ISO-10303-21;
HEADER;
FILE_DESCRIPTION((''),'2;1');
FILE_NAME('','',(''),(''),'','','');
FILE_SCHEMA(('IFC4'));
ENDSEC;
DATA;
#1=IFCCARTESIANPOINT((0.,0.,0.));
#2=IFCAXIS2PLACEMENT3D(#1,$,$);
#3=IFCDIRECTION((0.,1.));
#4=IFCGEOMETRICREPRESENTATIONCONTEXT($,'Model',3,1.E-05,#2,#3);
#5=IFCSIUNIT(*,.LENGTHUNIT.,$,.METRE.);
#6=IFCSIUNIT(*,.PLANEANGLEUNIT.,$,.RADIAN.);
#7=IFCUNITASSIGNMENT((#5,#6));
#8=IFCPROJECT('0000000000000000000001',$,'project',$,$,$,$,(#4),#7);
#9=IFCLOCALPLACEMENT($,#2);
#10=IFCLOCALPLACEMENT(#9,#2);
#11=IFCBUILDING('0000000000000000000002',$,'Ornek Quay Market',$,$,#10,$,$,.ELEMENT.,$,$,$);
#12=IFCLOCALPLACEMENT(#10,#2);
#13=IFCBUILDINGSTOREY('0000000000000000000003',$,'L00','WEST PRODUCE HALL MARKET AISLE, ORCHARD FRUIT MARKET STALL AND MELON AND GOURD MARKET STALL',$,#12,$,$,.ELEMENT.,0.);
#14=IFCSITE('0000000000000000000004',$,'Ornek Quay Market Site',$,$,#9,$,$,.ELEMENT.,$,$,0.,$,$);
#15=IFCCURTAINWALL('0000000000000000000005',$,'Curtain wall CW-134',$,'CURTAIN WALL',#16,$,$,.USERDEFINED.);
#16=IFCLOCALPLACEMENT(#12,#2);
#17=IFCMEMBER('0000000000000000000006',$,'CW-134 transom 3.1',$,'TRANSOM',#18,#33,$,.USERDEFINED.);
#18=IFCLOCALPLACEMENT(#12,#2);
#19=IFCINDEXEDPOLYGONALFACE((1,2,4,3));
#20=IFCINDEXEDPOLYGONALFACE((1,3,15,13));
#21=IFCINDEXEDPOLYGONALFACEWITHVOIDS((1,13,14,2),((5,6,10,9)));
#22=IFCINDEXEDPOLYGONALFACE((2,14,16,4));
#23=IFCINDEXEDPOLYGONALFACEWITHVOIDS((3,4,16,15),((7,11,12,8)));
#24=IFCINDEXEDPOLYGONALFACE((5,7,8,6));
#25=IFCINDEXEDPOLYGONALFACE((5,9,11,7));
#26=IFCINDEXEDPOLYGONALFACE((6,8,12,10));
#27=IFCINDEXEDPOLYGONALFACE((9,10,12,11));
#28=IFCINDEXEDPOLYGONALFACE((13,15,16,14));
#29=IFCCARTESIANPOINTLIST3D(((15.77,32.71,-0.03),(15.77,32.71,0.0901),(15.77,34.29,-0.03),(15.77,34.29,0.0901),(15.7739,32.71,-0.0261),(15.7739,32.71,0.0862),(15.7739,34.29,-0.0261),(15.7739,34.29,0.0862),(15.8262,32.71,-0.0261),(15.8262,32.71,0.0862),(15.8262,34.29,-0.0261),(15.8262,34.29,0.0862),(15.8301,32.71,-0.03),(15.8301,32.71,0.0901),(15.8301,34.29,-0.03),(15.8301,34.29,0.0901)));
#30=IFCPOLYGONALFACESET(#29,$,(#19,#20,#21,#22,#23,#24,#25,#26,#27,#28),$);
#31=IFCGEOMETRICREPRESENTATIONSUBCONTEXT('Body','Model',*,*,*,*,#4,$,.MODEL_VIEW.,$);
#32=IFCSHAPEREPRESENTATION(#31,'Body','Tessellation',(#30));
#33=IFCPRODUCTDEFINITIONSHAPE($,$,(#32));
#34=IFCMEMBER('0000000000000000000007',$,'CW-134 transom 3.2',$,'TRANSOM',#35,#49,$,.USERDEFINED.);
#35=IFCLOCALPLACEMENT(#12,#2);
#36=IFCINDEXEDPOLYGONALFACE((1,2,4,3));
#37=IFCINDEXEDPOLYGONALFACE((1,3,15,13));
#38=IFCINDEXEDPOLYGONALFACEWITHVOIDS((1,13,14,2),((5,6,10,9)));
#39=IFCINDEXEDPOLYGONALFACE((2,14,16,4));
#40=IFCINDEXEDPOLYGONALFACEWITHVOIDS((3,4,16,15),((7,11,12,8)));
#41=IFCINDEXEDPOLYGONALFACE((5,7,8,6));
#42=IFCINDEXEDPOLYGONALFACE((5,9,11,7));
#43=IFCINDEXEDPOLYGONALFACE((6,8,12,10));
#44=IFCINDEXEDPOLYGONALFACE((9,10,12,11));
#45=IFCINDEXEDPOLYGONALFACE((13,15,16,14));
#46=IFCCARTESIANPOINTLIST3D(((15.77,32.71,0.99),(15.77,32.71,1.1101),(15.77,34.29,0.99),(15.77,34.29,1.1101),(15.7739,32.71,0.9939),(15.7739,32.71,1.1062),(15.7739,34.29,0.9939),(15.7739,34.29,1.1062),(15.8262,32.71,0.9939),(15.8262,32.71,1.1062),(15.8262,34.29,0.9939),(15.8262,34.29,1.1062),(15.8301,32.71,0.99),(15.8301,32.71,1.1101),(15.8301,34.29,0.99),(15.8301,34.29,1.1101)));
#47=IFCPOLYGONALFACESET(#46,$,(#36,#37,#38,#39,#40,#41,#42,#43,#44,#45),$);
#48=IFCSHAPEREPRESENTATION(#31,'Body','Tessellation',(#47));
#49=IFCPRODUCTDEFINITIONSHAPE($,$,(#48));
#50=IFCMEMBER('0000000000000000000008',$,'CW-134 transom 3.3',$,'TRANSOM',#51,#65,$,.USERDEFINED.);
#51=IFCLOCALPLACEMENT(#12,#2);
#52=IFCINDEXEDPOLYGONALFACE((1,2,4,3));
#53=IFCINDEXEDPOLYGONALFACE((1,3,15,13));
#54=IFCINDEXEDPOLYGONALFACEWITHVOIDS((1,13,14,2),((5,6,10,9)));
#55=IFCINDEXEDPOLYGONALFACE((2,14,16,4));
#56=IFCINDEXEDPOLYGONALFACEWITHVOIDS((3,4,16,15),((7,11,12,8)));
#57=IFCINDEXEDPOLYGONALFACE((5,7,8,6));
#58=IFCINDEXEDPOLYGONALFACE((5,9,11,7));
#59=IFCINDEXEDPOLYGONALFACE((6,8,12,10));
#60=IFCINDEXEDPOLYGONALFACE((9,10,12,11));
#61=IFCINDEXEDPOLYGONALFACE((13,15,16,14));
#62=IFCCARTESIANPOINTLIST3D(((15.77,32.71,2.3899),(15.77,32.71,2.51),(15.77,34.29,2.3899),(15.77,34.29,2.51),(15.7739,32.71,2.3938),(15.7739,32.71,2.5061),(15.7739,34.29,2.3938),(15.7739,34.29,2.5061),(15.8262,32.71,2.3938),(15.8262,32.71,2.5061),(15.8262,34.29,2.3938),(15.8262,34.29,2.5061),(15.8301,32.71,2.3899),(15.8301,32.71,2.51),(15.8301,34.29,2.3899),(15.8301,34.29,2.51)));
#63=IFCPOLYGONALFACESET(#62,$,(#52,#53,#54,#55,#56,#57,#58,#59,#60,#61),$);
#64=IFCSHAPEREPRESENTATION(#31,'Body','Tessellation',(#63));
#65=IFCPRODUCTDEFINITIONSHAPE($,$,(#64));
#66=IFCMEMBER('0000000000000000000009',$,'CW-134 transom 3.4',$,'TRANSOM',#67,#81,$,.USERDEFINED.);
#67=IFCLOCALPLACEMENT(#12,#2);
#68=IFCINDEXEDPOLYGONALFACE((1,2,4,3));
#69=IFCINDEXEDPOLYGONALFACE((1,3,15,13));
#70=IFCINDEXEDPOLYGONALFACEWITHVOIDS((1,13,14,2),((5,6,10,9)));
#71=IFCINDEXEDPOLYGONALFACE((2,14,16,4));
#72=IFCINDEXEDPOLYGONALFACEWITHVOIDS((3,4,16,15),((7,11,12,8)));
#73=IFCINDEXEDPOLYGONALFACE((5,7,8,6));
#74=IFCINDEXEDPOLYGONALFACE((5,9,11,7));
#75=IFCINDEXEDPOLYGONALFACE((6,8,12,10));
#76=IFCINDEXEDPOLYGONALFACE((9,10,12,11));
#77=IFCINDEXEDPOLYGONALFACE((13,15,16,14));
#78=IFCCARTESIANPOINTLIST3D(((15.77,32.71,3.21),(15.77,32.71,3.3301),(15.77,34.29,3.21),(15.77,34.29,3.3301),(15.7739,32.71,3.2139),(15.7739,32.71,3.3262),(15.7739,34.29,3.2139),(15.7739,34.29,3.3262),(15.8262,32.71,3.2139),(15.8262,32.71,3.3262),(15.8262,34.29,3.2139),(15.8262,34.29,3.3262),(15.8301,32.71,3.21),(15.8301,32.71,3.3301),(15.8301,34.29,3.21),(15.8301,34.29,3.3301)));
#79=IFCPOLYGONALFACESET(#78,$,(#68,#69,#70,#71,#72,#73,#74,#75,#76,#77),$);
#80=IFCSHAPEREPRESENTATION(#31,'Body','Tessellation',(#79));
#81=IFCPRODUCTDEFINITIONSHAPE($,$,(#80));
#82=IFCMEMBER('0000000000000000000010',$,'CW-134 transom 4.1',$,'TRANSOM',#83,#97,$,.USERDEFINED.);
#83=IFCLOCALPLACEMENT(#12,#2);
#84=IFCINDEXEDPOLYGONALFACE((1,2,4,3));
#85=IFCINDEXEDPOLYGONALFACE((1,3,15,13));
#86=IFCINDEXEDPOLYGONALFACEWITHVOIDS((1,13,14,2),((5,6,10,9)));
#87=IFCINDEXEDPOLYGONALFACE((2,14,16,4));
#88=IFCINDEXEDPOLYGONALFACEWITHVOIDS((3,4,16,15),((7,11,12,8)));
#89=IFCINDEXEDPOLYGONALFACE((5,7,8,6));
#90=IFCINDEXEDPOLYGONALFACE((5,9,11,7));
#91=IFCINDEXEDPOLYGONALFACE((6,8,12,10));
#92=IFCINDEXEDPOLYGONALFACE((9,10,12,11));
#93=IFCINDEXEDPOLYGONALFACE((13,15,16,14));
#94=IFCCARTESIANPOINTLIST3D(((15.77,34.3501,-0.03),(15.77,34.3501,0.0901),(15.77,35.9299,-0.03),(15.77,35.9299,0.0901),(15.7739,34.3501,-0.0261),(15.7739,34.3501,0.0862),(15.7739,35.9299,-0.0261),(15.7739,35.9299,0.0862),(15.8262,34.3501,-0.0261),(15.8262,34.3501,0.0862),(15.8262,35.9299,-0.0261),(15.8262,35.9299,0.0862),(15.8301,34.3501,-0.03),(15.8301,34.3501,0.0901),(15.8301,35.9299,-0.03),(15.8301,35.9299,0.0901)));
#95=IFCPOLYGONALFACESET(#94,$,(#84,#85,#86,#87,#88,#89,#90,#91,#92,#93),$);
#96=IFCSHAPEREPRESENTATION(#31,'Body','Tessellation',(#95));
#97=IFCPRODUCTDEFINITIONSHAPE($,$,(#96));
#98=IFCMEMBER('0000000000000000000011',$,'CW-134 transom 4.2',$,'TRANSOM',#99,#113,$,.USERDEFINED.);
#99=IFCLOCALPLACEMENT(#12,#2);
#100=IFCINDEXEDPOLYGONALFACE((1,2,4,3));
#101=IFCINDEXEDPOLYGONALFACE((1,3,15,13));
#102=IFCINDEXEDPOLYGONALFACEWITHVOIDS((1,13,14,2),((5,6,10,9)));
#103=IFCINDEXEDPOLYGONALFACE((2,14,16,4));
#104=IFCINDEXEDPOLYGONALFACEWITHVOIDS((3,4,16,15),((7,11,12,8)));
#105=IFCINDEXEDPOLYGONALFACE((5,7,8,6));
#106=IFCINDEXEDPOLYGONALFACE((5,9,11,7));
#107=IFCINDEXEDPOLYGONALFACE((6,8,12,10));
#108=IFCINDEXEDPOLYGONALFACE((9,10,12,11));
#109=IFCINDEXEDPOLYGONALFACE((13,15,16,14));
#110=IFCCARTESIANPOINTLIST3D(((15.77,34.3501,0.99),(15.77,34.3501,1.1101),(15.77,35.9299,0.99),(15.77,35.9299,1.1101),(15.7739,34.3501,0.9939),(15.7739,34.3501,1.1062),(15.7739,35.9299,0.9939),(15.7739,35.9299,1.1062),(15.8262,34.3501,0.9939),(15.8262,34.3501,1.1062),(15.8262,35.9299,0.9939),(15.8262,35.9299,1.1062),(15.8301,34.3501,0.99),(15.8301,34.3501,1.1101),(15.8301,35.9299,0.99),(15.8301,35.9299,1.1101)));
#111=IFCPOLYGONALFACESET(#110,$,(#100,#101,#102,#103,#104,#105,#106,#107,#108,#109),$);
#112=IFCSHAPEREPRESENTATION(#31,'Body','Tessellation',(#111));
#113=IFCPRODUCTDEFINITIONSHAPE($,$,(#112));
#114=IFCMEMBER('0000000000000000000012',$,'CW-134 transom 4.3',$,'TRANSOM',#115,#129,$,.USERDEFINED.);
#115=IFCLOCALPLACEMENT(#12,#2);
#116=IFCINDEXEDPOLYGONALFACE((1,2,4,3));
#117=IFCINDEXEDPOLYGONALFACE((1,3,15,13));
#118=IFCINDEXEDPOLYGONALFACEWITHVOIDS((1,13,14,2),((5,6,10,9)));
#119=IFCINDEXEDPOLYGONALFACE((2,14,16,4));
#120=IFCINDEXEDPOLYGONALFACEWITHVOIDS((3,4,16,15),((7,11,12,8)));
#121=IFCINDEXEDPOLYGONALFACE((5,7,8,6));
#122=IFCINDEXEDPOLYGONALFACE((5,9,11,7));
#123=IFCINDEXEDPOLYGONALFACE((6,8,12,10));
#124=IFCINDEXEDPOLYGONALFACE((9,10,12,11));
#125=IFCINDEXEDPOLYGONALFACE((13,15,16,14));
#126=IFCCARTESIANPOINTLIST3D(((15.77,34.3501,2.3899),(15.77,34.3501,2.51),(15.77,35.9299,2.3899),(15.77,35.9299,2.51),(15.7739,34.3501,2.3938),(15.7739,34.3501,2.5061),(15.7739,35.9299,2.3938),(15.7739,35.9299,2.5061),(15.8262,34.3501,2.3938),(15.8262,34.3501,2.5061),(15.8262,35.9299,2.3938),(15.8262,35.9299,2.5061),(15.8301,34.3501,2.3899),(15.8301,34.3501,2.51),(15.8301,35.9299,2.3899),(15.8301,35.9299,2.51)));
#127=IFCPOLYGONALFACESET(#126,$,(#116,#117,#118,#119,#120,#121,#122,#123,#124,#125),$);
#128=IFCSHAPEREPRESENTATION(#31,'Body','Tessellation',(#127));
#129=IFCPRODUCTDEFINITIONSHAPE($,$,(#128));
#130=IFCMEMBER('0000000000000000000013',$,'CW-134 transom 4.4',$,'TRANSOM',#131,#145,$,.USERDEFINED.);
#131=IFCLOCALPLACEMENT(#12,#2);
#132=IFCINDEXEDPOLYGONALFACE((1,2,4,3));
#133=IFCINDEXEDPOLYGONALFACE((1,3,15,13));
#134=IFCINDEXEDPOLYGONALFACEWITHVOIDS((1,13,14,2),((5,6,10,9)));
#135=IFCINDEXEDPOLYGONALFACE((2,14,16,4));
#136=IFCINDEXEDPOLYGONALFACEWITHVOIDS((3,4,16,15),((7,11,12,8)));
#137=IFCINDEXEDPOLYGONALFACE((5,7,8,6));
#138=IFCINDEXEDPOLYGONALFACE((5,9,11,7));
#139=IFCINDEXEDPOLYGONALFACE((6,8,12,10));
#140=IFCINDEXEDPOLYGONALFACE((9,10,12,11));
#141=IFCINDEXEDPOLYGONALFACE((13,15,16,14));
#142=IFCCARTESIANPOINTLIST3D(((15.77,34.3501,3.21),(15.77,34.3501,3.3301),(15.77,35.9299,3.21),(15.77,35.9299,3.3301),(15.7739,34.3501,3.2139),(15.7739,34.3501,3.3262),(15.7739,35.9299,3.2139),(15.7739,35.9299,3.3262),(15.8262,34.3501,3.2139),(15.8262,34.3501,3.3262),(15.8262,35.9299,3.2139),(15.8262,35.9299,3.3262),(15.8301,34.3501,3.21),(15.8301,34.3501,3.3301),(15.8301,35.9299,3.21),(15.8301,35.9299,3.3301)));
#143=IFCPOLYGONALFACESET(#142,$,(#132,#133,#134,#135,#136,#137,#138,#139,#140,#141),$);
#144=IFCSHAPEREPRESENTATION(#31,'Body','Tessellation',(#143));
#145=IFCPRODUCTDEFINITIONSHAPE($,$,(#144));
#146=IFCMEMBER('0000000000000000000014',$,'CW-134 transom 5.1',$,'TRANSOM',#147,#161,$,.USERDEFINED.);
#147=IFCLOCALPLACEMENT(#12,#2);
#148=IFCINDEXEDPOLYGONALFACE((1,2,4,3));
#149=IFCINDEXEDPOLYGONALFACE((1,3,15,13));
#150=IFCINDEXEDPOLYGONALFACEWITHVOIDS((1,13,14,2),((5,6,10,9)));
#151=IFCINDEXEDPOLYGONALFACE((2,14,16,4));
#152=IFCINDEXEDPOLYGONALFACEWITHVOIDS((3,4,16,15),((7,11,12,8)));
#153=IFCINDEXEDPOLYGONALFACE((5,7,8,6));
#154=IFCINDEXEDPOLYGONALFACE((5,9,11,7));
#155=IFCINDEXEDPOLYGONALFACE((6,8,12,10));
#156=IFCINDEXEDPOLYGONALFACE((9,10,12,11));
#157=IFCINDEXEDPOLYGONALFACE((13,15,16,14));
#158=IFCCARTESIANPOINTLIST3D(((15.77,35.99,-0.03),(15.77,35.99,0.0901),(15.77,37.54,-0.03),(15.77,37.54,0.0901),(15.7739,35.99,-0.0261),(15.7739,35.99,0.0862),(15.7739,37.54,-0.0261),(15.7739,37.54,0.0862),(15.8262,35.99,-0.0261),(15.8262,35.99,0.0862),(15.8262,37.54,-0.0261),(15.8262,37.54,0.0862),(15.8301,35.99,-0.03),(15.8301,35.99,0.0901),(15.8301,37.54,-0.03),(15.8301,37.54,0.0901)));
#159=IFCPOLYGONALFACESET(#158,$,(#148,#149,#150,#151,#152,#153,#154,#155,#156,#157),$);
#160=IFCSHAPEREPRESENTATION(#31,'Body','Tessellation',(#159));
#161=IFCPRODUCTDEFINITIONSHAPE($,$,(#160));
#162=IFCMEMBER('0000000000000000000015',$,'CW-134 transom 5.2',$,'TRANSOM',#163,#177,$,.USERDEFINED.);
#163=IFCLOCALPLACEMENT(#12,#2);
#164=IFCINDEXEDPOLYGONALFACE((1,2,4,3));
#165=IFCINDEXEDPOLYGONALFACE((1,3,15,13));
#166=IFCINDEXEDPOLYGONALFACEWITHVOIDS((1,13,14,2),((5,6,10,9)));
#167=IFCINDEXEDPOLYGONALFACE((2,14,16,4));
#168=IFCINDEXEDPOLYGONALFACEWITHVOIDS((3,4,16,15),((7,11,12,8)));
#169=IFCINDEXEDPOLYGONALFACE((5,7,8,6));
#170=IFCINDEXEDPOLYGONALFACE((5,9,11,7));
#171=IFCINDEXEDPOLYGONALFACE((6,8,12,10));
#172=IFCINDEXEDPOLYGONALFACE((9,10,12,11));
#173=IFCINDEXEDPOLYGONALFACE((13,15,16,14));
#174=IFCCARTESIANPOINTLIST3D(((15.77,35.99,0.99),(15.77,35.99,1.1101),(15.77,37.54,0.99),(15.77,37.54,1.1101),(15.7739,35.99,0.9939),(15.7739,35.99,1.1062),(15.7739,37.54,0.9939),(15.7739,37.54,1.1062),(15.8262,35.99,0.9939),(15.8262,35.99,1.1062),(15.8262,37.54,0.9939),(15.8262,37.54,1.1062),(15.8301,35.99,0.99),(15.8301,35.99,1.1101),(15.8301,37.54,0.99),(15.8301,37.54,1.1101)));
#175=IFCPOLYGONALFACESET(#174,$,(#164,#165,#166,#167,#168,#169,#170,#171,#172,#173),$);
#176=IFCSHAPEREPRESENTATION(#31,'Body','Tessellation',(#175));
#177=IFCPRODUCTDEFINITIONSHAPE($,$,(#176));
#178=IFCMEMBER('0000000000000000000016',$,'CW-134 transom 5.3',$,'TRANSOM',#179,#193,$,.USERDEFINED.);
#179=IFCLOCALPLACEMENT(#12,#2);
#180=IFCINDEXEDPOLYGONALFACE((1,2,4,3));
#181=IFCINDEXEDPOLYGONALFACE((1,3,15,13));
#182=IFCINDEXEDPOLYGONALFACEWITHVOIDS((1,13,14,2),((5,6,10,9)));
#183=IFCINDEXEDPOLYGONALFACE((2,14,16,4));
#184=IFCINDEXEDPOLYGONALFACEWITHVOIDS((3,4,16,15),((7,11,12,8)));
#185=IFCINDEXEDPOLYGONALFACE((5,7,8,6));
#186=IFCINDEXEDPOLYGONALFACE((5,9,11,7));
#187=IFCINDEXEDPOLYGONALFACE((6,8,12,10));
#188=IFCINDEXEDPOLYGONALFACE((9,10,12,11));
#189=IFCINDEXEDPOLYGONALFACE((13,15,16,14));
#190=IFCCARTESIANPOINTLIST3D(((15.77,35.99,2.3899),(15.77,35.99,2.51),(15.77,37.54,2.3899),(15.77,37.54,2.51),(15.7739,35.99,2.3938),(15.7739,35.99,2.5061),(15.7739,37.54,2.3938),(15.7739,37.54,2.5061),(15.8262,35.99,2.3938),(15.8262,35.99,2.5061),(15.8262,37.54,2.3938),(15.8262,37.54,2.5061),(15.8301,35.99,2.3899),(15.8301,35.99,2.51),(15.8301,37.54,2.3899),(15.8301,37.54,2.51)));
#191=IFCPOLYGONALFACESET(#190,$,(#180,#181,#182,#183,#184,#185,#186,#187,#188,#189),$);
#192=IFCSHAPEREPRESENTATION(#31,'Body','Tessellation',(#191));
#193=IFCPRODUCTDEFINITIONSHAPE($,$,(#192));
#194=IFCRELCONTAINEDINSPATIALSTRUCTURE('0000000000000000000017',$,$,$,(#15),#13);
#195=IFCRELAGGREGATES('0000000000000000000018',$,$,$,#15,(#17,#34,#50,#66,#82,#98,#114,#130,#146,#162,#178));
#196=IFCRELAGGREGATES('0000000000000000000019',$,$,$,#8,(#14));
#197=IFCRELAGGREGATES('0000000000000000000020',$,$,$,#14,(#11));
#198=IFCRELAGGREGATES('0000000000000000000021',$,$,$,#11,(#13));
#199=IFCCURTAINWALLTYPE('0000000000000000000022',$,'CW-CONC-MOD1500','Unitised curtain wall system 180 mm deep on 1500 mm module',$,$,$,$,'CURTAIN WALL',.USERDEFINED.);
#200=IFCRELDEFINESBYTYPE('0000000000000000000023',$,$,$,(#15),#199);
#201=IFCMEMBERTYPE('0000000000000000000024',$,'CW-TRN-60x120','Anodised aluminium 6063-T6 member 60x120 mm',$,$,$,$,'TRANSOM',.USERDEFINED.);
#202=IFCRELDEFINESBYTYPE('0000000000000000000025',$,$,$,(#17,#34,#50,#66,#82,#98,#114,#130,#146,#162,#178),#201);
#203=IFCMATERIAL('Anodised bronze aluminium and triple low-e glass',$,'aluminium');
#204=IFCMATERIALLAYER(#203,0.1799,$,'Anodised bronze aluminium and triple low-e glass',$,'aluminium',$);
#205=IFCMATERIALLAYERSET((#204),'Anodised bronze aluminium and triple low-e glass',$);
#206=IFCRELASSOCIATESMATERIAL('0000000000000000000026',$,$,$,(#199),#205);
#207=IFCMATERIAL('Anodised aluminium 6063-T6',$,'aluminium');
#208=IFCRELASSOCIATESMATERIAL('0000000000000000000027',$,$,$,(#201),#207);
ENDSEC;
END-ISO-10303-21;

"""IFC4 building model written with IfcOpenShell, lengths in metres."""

from ifc_helpers import new_model, si_unit, direction, frame, origin, origin_2d, place, context, subcontext, project, spatial, hollow_rectangle, extrude, material, layer, layer_set, material_profile, profile_set, type_object, element, aggregate, save


model = new_model("IFC4")

# Units and contexts
model_context = context("Model", 3, precision=1e-05, world=origin(), true_north=direction((0.0, 1.0)))
body_context = subcontext(model_context, "Body", "Model", "MODEL_VIEW")
ifc_project = project(units=[si_unit("LENGTHUNIT", "METRE"), si_unit("PLANEANGLEUNIT", "RADIAN")], contexts=[model_context])

# Site, building, storey
site_placement = place(None, origin())
site = spatial("IfcSite", under=ifc_project, at=site_placement, Name="Ornek Quay Market Site", CompositionType="ELEMENT", RefElevation=0.0)
building_placement = place(site_placement, origin())
building = spatial("IfcBuilding", under=site, at=building_placement, Name="Ornek Quay Market", CompositionType="ELEMENT")
storey_placement = place(building_placement, origin())
storey = spatial("IfcBuildingStorey", under=building, at=storey_placement, Name="L00", Description="WEST PRODUCE HALL MARKET AISLE, ORCHARD FRUIT MARKET STALL AND MELON AND GOURD MARKET STALL", CompositionType="ELEMENT", Elevation=0.0)

# Curtain wall
ifc_material_1 = material(Name="Anodised bronze aluminium and triple low-e glass", Category="aluminium")
ifc_layer_1 = layer(ifc_material_1, 0.1799, Name="Anodised bronze aluminium and triple low-e glass", Category="aluminium")
ifc_layer_set_1 = layer_set([ifc_layer_1], Name="Anodised bronze aluminium and triple low-e glass")
curtain_wall_type = type_object("IfcCurtainWallType", Name="CW-CONC-MOD1500", Description="Unitised curtain wall system 180 mm deep on 1500 mm module", ElementType="CURTAIN WALL", PredefinedType="USERDEFINED", material=ifc_layer_set_1)
curtain_wall_1_placement = place(storey_placement, origin())
curtain_wall_1 = element("IfcCurtainWall", 1, at=curtain_wall_1_placement, inside=storey, type_object=curtain_wall_type, Name="Curtain wall CW-134", ObjectType="CURTAIN WALL", PredefinedType="USERDEFINED")
ifc_material_2 = material(Name="Anodised aluminium 6063-T6", Category="aluminium")

# Members
ifc_material_profile_1 = material_profile(ifc_material_2, hollow_rectangle(XDim=0.0601, YDim=0.1201, WallThickness=0.0039, at=origin_2d()), Name="CW-TRN-60x120", Category="aluminium")
ifc_profile_set_1 = profile_set([ifc_material_profile_1], Name="Anodised aluminium 6063-T6")
member_type_1 = type_object("IfcMemberType", Name="CW-TRN-60x120", Description="Anodised aluminium 6063-T6 member 60x120 mm", ElementType="TRANSOM", PredefinedType="USERDEFINED", material=ifc_profile_set_1)
member_1_placement = place(storey_placement, frame((15.8, 32.71, 0.03), z_axis=(0.0, 1.0, 0.0), x_axis=(-1.0, 0.0, 0.0)))
member_1 = element("IfcMember", 2, at=member_1_placement, type_object=member_type_1, Name="CW-134 transom 3.1", ObjectType="TRANSOM", PredefinedType="USERDEFINED", context=body_context, shape_type="SweptSolid", body=[
    extrude(hollow_rectangle(XDim=0.0601, YDim=0.1201, WallThickness=0.0039, at=origin_2d()), origin(), (0.0, 0.0, 1.0), 1.5801),
])
member_2_placement = place(storey_placement, frame((15.8, 32.71, 1.05), z_axis=(0.0, 1.0, 0.0), x_axis=(-1.0, 0.0, 0.0)))
member_2 = element("IfcMember", 3, at=member_2_placement, type_object=member_type_1, Name="CW-134 transom 3.2", ObjectType="TRANSOM", PredefinedType="USERDEFINED", context=body_context, shape_type="SweptSolid", body=[
    extrude(hollow_rectangle(XDim=0.0601, YDim=0.1201, WallThickness=0.0039, at=origin_2d()), origin(), (0.0, 0.0, 1.0), 1.5801),
])
member_3_placement = place(storey_placement, frame((15.8, 32.71, 2.45), z_axis=(0.0, 1.0, 0.0), x_axis=(-1.0, 0.0, 0.0)))
member_3 = element("IfcMember", 4, at=member_3_placement, type_object=member_type_1, Name="CW-134 transom 3.3", ObjectType="TRANSOM", PredefinedType="USERDEFINED", context=body_context, shape_type="SweptSolid", body=[
    extrude(hollow_rectangle(XDim=0.0601, YDim=0.1201, WallThickness=0.0039, at=origin_2d()), origin(), (0.0, 0.0, 1.0), 1.5801),
])
member_4_placement = place(storey_placement, frame((15.8, 32.71, 3.27), z_axis=(0.0, 1.0, 0.0), x_axis=(-1.0, 0.0, 0.0)))
member_4 = element("IfcMember", 5, at=member_4_placement, type_object=member_type_1, Name="CW-134 transom 3.4", ObjectType="TRANSOM", PredefinedType="USERDEFINED", context=body_context, shape_type="SweptSolid", body=[
    extrude(hollow_rectangle(XDim=0.0601, YDim=0.1201, WallThickness=0.0039, at=origin_2d()), origin(), (0.0, 0.0, 1.0), 1.5801),
])
member_5_placement = place(storey_placement, frame((15.8, 34.3501, 0.03), z_axis=(0.0, 1.0, 0.0), x_axis=(-1.0, 0.0, 0.0)))
member_5 = element("IfcMember", 6, at=member_5_placement, type_object=member_type_1, Name="CW-134 transom 4.1", ObjectType="TRANSOM", PredefinedType="USERDEFINED", context=body_context, shape_type="SweptSolid", body=[
    extrude(hollow_rectangle(XDim=0.0601, YDim=0.1201, WallThickness=0.0039, at=origin_2d()), origin(), (0.0, 0.0, 1.0), 1.5798),
])
member_6_placement = place(storey_placement, frame((15.8, 34.3501, 1.05), z_axis=(0.0, 1.0, 0.0), x_axis=(-1.0, 0.0, 0.0)))
member_6 = element("IfcMember", 7, at=member_6_placement, type_object=member_type_1, Name="CW-134 transom 4.2", ObjectType="TRANSOM", PredefinedType="USERDEFINED", context=body_context, shape_type="SweptSolid", body=[
    extrude(hollow_rectangle(XDim=0.0601, YDim=0.1201, WallThickness=0.0039, at=origin_2d()), origin(), (0.0, 0.0, 1.0), 1.5798),
])
member_7_placement = place(storey_placement, frame((15.8, 34.3501, 2.45), z_axis=(0.0, 1.0, 0.0), x_axis=(-1.0, 0.0, 0.0)))
member_7 = element("IfcMember", 8, at=member_7_placement, type_object=member_type_1, Name="CW-134 transom 4.3", ObjectType="TRANSOM", PredefinedType="USERDEFINED", context=body_context, shape_type="SweptSolid", body=[
    extrude(hollow_rectangle(XDim=0.0601, YDim=0.1201, WallThickness=0.0039, at=origin_2d()), origin(), (0.0, 0.0, 1.0), 1.5798),
])
member_8_placement = place(storey_placement, frame((15.8, 34.3501, 3.27), z_axis=(0.0, 1.0, 0.0), x_axis=(-1.0, 0.0, 0.0)))
member_8 = element("IfcMember", 9, at=member_8_placement, type_object=member_type_1, Name="CW-134 transom 4.4", ObjectType="TRANSOM", PredefinedType="USERDEFINED", context=body_context, shape_type="SweptSolid", body=[
    extrude(hollow_rectangle(XDim=0.0601, YDim=0.1201, WallThickness=0.0039, at=origin_2d()), origin(), (0.0, 0.0, 1.0), 1.5798),
])
member_9_placement = place(storey_placement, frame((15.8, 35.99, 0.03), z_axis=(0.0, 1.0, 0.0), x_axis=(-1.0, 0.0, 0.0)))
member_9 = element("IfcMember", 10, at=member_9_placement, type_object=member_type_1, Name="CW-134 transom 5.1", ObjectType="TRANSOM", PredefinedType="USERDEFINED", context=body_context, shape_type="SweptSolid", body=[
    extrude(hollow_rectangle(XDim=0.0601, YDim=0.1201, WallThickness=0.0039, at=origin_2d()), origin(), (0.0, 0.0, 1.0), 1.55),
])
member_10_placement = place(storey_placement, frame((15.8, 35.99, 1.05), z_axis=(0.0, 1.0, 0.0), x_axis=(-1.0, 0.0, 0.0)))
member_10 = element("IfcMember", 11, at=member_10_placement, type_object=member_type_1, Name="CW-134 transom 5.2", ObjectType="TRANSOM", PredefinedType="USERDEFINED", context=body_context, shape_type="SweptSolid", body=[
    extrude(hollow_rectangle(XDim=0.0601, YDim=0.1201, WallThickness=0.0039, at=origin_2d()), origin(), (0.0, 0.0, 1.0), 1.55),
])
member_11_placement = place(storey_placement, frame((15.8, 35.99, 2.45), z_axis=(0.0, 1.0, 0.0), x_axis=(-1.0, 0.0, 0.0)))
member_11 = element("IfcMember", 12, at=member_11_placement, type_object=member_type_1, Name="CW-134 transom 5.3", ObjectType="TRANSOM", PredefinedType="USERDEFINED", context=body_context, shape_type="SweptSolid", body=[
    extrude(hollow_rectangle(XDim=0.0601, YDim=0.1201, WallThickness=0.0039, at=origin_2d()), origin(), (0.0, 0.0, 1.0), 1.55),
])

aggregate(curtain_wall_1, [member_1, member_2, member_3, member_4, member_5, member_6, member_7, member_8, member_9, member_10, member_11])

save(model, "model.ifc")
